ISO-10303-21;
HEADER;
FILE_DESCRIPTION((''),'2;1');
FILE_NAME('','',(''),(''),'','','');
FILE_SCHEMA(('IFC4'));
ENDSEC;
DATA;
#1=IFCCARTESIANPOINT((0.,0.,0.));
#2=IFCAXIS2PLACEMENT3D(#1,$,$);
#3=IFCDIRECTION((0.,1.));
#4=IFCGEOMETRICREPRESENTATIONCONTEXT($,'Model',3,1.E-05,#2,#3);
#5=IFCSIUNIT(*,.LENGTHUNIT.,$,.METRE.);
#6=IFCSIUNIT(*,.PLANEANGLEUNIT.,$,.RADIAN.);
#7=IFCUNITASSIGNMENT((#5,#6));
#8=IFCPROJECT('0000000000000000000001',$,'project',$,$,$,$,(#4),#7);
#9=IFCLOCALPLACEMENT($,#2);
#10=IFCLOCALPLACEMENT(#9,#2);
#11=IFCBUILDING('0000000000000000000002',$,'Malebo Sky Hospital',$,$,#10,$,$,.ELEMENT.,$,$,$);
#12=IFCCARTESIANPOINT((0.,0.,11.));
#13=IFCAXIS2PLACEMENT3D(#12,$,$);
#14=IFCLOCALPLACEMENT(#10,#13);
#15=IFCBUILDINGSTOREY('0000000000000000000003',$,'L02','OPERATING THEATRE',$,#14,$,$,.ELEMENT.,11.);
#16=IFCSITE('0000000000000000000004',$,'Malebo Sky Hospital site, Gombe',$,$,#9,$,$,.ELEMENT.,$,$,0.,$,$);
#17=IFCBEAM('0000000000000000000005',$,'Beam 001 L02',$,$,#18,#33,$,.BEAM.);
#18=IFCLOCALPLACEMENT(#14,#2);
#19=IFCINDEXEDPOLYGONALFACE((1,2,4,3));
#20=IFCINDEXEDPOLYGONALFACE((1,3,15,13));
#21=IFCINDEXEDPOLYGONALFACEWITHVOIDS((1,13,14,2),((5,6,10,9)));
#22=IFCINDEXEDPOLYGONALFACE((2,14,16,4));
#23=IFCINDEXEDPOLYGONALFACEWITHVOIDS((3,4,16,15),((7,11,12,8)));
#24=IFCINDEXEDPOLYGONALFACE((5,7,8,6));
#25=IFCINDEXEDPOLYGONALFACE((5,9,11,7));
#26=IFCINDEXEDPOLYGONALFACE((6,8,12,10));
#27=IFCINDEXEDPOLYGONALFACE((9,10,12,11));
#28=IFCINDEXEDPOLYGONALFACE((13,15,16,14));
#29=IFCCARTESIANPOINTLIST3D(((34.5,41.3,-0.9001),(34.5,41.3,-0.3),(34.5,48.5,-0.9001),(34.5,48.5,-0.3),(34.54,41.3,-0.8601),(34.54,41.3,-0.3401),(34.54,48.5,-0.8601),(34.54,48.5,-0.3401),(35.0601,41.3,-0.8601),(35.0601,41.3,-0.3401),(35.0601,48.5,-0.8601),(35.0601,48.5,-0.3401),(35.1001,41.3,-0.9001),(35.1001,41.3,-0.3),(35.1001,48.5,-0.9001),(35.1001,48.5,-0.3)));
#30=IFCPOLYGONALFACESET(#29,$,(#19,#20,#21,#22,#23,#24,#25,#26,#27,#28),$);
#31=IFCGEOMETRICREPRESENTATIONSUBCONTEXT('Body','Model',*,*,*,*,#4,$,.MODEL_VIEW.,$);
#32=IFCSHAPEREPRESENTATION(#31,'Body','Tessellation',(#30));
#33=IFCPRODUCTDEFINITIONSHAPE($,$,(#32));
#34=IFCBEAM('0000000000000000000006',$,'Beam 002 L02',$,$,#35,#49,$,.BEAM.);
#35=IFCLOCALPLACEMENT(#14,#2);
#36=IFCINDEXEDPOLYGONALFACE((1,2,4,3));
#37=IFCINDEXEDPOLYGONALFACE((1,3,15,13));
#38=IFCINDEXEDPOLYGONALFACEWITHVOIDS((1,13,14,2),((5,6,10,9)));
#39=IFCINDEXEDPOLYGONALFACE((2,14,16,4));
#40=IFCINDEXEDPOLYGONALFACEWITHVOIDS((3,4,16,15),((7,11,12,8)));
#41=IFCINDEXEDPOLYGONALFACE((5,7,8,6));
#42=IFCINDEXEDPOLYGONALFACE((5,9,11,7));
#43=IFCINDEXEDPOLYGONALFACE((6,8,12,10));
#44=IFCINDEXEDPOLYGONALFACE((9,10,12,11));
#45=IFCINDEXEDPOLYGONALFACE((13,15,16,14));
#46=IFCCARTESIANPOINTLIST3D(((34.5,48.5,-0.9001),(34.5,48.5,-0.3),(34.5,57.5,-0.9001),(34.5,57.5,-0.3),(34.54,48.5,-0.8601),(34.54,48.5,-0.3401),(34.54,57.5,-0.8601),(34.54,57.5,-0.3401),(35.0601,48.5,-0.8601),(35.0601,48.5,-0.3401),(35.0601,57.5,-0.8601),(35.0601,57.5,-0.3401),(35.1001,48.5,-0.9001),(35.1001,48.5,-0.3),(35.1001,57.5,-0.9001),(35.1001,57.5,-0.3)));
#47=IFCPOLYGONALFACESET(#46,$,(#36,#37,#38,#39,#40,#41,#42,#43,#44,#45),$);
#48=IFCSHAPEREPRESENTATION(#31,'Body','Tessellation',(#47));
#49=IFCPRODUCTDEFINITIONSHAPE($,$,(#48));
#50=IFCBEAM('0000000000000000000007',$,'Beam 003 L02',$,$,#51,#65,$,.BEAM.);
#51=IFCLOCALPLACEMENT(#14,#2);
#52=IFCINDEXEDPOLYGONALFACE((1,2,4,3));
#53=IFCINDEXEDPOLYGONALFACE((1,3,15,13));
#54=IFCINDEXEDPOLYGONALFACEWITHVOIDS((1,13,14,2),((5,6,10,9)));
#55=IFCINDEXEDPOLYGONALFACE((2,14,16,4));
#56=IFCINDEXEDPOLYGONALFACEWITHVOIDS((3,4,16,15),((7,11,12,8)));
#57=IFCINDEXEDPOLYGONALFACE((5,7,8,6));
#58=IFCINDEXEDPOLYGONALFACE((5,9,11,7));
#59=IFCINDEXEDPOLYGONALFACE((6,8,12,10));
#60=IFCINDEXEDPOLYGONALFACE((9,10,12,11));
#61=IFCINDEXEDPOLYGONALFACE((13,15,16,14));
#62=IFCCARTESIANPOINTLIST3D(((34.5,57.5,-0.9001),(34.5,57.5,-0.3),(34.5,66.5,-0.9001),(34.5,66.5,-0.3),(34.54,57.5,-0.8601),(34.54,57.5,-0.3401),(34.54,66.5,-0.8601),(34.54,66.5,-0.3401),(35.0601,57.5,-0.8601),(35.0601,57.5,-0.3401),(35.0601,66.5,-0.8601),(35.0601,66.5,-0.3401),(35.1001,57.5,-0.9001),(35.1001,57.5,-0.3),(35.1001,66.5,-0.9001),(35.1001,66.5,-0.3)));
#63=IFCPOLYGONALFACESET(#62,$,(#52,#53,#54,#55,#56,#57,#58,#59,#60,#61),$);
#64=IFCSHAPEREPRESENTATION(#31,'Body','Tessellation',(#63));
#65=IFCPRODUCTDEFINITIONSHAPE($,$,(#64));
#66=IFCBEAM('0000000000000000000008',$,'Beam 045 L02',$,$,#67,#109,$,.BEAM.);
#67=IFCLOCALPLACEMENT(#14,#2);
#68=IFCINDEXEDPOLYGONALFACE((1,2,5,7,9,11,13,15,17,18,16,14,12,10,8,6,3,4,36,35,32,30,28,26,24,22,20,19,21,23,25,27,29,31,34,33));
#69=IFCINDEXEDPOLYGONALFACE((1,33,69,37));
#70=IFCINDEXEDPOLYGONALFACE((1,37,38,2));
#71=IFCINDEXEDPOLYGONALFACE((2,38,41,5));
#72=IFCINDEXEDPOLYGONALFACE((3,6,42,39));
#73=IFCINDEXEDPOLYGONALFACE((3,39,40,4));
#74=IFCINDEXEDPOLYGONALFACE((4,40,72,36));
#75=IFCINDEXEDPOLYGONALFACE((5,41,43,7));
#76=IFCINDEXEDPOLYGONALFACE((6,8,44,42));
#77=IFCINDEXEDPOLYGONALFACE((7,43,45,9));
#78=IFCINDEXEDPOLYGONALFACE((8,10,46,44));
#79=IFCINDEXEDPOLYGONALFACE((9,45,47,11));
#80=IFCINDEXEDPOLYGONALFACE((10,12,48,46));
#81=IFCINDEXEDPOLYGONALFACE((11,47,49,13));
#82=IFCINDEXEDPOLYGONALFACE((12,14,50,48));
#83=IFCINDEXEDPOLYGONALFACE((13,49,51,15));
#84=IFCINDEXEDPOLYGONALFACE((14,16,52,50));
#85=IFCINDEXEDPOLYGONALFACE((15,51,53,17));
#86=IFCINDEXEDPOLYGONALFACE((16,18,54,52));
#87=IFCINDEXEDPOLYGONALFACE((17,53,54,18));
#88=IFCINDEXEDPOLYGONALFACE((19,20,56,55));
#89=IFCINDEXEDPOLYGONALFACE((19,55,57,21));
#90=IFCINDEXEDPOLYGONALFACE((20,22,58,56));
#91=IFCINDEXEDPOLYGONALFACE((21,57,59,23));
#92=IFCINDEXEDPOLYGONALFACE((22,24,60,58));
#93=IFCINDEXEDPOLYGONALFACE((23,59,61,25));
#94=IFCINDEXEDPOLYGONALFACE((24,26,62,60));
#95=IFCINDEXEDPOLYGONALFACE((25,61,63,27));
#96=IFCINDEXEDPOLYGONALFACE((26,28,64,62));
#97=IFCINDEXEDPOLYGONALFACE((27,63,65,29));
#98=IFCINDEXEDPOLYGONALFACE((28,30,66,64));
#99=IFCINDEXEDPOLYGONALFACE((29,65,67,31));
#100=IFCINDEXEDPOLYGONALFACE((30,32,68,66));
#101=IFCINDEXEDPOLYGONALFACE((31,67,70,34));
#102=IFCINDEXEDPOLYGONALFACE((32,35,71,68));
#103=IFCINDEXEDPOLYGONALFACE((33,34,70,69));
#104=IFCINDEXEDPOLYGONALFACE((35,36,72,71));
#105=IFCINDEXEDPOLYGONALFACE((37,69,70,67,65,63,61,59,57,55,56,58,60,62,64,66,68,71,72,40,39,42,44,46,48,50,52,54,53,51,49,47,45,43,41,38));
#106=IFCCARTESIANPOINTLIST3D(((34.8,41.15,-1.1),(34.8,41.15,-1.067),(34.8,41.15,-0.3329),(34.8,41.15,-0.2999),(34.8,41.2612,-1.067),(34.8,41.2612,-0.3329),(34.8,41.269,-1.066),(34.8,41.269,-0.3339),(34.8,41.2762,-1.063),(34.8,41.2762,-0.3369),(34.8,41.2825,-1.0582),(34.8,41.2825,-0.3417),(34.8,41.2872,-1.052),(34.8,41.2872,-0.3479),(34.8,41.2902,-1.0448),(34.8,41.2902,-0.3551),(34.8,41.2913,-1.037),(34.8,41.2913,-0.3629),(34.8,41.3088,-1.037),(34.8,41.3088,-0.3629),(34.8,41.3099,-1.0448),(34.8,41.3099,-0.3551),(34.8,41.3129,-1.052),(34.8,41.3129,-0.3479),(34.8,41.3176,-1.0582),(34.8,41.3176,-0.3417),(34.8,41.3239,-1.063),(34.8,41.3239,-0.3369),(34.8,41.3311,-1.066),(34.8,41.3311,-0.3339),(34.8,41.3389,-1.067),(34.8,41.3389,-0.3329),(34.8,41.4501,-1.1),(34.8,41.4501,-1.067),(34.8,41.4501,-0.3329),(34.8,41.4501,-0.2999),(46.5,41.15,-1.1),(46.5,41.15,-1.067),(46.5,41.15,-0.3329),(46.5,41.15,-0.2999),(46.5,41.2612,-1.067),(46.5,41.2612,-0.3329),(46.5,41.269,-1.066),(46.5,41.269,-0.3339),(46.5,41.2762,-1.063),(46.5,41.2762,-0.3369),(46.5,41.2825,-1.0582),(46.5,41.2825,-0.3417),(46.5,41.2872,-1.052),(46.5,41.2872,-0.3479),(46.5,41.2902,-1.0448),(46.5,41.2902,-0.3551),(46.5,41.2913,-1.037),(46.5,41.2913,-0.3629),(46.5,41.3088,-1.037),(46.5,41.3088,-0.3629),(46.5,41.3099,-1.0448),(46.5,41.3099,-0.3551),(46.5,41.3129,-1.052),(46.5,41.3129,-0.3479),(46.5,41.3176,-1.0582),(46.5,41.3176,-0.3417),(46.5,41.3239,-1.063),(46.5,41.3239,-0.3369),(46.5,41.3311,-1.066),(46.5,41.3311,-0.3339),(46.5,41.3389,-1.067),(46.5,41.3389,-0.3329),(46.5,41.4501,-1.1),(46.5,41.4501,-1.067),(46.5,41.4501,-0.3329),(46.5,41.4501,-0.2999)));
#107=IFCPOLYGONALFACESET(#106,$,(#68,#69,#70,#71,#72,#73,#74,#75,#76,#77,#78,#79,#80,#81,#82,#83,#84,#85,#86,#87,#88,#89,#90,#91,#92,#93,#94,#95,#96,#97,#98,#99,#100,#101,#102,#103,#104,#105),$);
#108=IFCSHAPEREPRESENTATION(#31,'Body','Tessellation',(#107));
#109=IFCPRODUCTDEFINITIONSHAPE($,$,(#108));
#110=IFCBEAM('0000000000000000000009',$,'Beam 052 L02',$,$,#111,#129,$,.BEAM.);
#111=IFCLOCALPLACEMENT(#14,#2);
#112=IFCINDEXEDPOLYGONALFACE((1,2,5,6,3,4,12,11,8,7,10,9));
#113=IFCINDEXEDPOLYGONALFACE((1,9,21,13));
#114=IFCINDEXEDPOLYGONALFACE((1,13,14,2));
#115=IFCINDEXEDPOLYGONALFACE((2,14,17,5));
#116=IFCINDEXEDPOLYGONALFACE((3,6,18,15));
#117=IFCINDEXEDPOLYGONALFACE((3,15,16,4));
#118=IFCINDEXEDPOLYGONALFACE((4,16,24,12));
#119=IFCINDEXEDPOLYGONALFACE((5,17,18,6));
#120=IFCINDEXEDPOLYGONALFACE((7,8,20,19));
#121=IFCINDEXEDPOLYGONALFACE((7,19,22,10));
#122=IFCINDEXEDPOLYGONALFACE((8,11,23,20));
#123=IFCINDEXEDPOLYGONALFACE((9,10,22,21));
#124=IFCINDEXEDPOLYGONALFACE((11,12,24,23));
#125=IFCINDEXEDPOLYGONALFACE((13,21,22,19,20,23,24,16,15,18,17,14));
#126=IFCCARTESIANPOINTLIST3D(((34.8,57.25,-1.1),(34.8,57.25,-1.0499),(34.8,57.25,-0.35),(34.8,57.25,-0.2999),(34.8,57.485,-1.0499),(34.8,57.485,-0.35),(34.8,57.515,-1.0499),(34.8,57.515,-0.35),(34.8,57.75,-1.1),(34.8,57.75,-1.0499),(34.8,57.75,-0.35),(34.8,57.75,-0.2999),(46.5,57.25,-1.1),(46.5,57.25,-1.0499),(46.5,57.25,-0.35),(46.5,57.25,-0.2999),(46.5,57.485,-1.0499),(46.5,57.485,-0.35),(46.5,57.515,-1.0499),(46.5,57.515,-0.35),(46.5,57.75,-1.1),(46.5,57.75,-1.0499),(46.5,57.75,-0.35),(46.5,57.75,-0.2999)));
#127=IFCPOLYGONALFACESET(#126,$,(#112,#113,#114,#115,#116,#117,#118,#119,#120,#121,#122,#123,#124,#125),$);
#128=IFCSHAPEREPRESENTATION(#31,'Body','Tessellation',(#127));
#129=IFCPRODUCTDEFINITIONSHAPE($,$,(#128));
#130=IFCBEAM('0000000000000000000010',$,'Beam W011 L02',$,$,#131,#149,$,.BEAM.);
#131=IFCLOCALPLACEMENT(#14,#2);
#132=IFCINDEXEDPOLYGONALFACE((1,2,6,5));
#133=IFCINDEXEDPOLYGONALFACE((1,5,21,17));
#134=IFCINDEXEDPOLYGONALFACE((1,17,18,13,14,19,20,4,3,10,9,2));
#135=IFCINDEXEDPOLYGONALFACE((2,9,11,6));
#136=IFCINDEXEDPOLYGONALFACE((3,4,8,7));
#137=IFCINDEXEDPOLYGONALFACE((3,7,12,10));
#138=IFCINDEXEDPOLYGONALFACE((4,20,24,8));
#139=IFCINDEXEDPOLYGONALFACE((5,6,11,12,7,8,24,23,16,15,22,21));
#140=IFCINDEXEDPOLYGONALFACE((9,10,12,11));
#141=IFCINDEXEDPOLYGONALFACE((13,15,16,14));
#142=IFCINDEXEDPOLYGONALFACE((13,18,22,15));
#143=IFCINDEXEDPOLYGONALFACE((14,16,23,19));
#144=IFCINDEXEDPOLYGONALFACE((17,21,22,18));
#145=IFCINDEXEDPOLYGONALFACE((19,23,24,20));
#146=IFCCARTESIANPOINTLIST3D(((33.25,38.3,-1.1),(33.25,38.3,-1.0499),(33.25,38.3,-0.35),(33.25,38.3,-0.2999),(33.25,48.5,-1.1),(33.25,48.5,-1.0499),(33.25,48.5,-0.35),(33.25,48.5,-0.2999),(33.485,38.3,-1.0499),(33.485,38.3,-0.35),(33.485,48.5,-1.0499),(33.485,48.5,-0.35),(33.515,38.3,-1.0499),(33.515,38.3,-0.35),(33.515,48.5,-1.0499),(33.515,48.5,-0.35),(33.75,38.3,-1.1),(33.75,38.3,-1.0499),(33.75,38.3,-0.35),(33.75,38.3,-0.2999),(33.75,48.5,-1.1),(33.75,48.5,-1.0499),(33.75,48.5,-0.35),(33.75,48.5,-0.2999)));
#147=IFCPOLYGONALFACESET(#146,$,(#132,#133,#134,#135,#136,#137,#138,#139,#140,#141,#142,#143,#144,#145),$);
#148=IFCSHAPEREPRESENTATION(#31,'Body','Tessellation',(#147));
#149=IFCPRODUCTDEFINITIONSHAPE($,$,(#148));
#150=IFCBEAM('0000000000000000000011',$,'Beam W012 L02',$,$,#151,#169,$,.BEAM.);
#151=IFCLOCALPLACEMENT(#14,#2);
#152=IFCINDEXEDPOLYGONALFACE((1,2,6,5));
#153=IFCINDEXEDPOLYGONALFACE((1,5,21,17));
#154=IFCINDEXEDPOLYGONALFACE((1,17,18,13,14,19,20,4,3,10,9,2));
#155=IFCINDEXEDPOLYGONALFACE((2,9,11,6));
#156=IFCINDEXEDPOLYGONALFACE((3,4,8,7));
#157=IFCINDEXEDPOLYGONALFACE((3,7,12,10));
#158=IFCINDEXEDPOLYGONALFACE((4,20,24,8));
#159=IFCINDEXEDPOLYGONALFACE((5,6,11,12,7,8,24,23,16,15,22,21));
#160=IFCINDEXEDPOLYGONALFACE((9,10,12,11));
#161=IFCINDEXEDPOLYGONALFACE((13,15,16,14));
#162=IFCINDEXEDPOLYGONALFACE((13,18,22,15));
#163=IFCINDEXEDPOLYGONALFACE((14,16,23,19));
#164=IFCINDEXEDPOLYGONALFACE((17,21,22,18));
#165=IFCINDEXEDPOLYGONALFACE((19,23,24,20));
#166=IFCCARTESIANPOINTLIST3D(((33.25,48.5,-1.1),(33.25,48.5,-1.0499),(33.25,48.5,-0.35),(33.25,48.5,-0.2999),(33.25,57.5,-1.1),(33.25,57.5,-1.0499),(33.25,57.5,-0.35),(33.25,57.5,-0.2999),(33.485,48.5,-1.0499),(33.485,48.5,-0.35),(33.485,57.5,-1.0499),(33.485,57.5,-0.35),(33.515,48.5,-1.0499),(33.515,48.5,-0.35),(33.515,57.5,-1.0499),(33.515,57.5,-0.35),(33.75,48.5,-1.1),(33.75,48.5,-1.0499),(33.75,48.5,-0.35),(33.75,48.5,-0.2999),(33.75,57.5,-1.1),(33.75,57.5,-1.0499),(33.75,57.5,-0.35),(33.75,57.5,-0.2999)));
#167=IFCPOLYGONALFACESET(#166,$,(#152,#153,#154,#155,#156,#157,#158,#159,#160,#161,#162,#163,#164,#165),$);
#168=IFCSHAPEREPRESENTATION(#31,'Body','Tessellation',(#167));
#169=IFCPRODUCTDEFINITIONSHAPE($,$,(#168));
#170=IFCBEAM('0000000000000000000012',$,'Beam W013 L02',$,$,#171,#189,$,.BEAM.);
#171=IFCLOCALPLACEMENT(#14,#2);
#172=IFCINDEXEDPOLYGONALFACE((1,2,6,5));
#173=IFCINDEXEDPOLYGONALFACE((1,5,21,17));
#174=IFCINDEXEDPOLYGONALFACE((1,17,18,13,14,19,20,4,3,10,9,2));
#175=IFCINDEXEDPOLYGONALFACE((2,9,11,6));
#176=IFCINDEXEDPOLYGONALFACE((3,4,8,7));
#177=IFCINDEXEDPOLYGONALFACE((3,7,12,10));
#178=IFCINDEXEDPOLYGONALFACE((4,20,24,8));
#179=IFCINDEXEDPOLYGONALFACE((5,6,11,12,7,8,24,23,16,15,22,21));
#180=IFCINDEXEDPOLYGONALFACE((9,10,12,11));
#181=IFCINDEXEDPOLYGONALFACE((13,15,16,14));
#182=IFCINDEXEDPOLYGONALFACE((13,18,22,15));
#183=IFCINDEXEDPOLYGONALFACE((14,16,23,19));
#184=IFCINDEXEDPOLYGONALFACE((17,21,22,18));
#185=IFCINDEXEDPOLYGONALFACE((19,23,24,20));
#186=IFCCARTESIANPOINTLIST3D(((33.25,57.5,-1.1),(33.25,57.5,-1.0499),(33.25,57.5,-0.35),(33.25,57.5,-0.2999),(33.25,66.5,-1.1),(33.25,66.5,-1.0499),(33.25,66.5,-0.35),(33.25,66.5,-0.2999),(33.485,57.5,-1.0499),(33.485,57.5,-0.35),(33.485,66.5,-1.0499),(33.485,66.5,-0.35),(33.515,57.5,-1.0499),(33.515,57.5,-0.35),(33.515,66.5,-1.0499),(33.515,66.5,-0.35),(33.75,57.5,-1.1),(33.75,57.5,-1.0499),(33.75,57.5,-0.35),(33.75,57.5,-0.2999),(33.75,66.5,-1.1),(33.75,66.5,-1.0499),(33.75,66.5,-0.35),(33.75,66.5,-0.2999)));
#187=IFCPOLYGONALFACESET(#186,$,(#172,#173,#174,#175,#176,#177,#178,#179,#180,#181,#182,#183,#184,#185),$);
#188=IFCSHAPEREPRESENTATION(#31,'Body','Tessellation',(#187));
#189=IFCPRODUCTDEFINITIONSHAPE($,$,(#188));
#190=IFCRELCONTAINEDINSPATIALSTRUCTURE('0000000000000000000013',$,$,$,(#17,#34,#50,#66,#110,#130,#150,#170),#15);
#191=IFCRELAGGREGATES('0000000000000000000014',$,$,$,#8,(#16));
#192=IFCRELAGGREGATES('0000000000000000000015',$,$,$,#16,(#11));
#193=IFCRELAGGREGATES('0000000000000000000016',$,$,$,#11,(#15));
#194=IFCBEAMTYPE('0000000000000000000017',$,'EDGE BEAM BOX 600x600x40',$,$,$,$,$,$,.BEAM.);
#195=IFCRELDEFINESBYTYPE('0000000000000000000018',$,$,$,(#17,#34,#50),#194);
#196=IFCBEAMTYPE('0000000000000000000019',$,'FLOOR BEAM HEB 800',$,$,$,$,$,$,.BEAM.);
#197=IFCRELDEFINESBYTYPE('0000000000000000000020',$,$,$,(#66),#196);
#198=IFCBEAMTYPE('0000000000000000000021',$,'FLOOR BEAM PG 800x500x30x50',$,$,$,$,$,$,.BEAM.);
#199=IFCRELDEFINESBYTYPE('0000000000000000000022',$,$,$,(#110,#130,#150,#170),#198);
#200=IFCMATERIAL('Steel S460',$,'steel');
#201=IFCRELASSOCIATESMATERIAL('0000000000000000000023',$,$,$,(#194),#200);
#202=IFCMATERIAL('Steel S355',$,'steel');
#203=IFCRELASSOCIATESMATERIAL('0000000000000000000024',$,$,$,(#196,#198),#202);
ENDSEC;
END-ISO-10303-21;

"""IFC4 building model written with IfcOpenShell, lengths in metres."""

from ifc_helpers import new_model, si_unit, direction, frame, origin, origin_2d, place, context, subcontext, project, spatial, hollow_rectangle, i_section, extrude, material, material_profile, profile_set, type_object, element, save


model = new_model("IFC4")

# Units and contexts
model_context = context("Model", 3, precision=1e-05, world=origin(), true_north=direction((0.0, 1.0)))
body_context = subcontext(model_context, "Body", "Model", "MODEL_VIEW")
ifc_project = project(units=[si_unit("LENGTHUNIT", "METRE"), si_unit("PLANEANGLEUNIT", "RADIAN")], contexts=[model_context])

# Site, building, storey
site_placement = place(None, origin())
site = spatial("IfcSite", under=ifc_project, at=site_placement, Name="Malebo Sky Hospital site, Gombe", CompositionType="ELEMENT", RefElevation=0.0)
building_placement = place(site_placement, origin())
building = spatial("IfcBuilding", under=site, at=building_placement, Name="Malebo Sky Hospital", CompositionType="ELEMENT")
storey_placement = place(building_placement, frame((0.0, 0.0, 11.0)))
storey = spatial("IfcBuildingStorey", under=building, at=storey_placement, Name="L02", Description="OPERATING THEATRE", CompositionType="ELEMENT", Elevation=11.0)

# Shared definitions
ifc_material_1 = material(Name="Steel S460", Category="steel")
ifc_material_2 = material(Name="Steel S355", Category="steel")

# Beams
ifc_material_profile_1 = material_profile(ifc_material_1, hollow_rectangle(XDim=0.6001, YDim=0.6001, WallThickness=0.04, at=origin_2d()), Name="BOX 600x600x40")
ifc_profile_set_1 = profile_set([ifc_material_profile_1], Name="Steel S460")
beam_type_1 = type_object("IfcBeamType", Name="EDGE BEAM BOX 600x600x40", PredefinedType="BEAM", material=ifc_profile_set_1)
beam_1_placement = place(storey_placement, frame((34.8, 41.3, -0.6001), z_axis=(0.0, 1.0, 0.0), x_axis=(-1.0, 0.0, 0.0)))
element("IfcBeam", 1, at=beam_1_placement, inside=storey, type_object=beam_type_1, Name="Beam 001 L02", PredefinedType="BEAM", context=body_context, shape_type="SweptSolid", body=[
    extrude(hollow_rectangle(XDim=0.6001, YDim=0.6001, WallThickness=0.04, at=origin_2d()), origin(), (0.0, 0.0, 1.0), 7.2),
])
for number, where, z_axis, x_axis, name in (
    (2, (34.8, 48.5, -0.6001), (0.0, 1.0, 0.0), (-1.0, 0.0, 0.0), "Beam 002 L02"),
    (3, (34.8, 57.5, -0.6001), (0.0, 1.0, 0.0), (-1.0, 0.0, 0.0), "Beam 003 L02"),
):
    element("IfcBeam", number, at=place(storey_placement, frame(where, z_axis=z_axis, x_axis=x_axis)), inside=storey, type_object=beam_type_1, Name=name, PredefinedType="BEAM", context=body_context, shape_type="SweptSolid", body=[
        extrude(hollow_rectangle(XDim=0.6001, YDim=0.6001, WallThickness=0.04, at=origin_2d()), origin(), (0.0, 0.0, 1.0), 9.0),
    ])
ifc_material_profile_2 = material_profile(ifc_material_2, i_section(OverallWidth=0.3, OverallDepth=0.8, WebThickness=0.0176, FlangeThickness=0.033, FilletRadius=0.03, at=origin_2d()), Name="HEB 800")
ifc_profile_set_2 = profile_set([ifc_material_profile_2], Name="Steel S355")
beam_type_2 = type_object("IfcBeamType", Name="FLOOR BEAM HEB 800", PredefinedType="BEAM", material=ifc_profile_set_2)
beam_2_placement = place(storey_placement, frame((34.8, 41.3, -0.7), z_axis=(1.0, 0.0, 0.0), x_axis=(0.0, 1.0, 0.0)))
element("IfcBeam", 4, at=beam_2_placement, inside=storey, type_object=beam_type_2, Name="Beam 045 L02", PredefinedType="BEAM", context=body_context, shape_type="SweptSolid", body=[
    extrude(i_section(OverallWidth=0.3, OverallDepth=0.8, WebThickness=0.0176, FlangeThickness=0.033, FilletRadius=0.03, at=origin_2d()), origin(), (0.0, 0.0, 1.0), 11.7),
])
ifc_material_profile_3 = material_profile(ifc_material_2, i_section(OverallWidth=0.5, OverallDepth=0.8, WebThickness=0.03, FlangeThickness=0.05, at=origin_2d()), Name="PG 800x500x30x50")
ifc_profile_set_3 = profile_set([ifc_material_profile_3], Name="Steel S355")
beam_type_3 = type_object("IfcBeamType", Name="FLOOR BEAM PG 800x500x30x50", PredefinedType="BEAM", material=ifc_profile_set_3)
beam_3_placement = place(storey_placement, frame((34.8, 57.5, -0.7), z_axis=(1.0, 0.0, 0.0), x_axis=(0.0, 1.0, 0.0)))
element("IfcBeam", 5, at=beam_3_placement, inside=storey, type_object=beam_type_3, Name="Beam 052 L02", PredefinedType="BEAM", context=body_context, shape_type="SweptSolid", body=[
    extrude(i_section(OverallWidth=0.5, OverallDepth=0.8, WebThickness=0.03, FlangeThickness=0.05, at=origin_2d()), origin(), (0.0, 0.0, 1.0), 11.7),
])
beam_4_placement = place(storey_placement, frame((33.5, 38.3, -0.7), z_axis=(0.0, 1.0, 0.0), x_axis=(-1.0, 0.0, 0.0)))
element("IfcBeam", 6, at=beam_4_placement, inside=storey, type_object=beam_type_3, Name="Beam W011 L02", PredefinedType="BEAM", context=body_context, shape_type="SweptSolid", body=[
    extrude(i_section(OverallWidth=0.5, OverallDepth=0.8, WebThickness=0.03, FlangeThickness=0.05, at=origin_2d()), origin(), (0.0, 0.0, 1.0), 10.2),
])
for number, where, z_axis, x_axis, name in (
    (7, (33.5, 48.5, -0.7), (0.0, 1.0, 0.0), (-1.0, 0.0, 0.0), "Beam W012 L02"),
    (8, (33.5, 57.5, -0.7), (0.0, 1.0, 0.0), (-1.0, 0.0, 0.0), "Beam W013 L02"),
):
    element("IfcBeam", number, at=place(storey_placement, frame(where, z_axis=z_axis, x_axis=x_axis)), inside=storey, type_object=beam_type_3, Name=name, PredefinedType="BEAM", context=body_context, shape_type="SweptSolid", body=[
        extrude(i_section(OverallWidth=0.5, OverallDepth=0.8, WebThickness=0.03, FlangeThickness=0.05, at=origin_2d()), origin(), (0.0, 0.0, 1.0), 9.0),
    ])

save(model, "model.ifc")
